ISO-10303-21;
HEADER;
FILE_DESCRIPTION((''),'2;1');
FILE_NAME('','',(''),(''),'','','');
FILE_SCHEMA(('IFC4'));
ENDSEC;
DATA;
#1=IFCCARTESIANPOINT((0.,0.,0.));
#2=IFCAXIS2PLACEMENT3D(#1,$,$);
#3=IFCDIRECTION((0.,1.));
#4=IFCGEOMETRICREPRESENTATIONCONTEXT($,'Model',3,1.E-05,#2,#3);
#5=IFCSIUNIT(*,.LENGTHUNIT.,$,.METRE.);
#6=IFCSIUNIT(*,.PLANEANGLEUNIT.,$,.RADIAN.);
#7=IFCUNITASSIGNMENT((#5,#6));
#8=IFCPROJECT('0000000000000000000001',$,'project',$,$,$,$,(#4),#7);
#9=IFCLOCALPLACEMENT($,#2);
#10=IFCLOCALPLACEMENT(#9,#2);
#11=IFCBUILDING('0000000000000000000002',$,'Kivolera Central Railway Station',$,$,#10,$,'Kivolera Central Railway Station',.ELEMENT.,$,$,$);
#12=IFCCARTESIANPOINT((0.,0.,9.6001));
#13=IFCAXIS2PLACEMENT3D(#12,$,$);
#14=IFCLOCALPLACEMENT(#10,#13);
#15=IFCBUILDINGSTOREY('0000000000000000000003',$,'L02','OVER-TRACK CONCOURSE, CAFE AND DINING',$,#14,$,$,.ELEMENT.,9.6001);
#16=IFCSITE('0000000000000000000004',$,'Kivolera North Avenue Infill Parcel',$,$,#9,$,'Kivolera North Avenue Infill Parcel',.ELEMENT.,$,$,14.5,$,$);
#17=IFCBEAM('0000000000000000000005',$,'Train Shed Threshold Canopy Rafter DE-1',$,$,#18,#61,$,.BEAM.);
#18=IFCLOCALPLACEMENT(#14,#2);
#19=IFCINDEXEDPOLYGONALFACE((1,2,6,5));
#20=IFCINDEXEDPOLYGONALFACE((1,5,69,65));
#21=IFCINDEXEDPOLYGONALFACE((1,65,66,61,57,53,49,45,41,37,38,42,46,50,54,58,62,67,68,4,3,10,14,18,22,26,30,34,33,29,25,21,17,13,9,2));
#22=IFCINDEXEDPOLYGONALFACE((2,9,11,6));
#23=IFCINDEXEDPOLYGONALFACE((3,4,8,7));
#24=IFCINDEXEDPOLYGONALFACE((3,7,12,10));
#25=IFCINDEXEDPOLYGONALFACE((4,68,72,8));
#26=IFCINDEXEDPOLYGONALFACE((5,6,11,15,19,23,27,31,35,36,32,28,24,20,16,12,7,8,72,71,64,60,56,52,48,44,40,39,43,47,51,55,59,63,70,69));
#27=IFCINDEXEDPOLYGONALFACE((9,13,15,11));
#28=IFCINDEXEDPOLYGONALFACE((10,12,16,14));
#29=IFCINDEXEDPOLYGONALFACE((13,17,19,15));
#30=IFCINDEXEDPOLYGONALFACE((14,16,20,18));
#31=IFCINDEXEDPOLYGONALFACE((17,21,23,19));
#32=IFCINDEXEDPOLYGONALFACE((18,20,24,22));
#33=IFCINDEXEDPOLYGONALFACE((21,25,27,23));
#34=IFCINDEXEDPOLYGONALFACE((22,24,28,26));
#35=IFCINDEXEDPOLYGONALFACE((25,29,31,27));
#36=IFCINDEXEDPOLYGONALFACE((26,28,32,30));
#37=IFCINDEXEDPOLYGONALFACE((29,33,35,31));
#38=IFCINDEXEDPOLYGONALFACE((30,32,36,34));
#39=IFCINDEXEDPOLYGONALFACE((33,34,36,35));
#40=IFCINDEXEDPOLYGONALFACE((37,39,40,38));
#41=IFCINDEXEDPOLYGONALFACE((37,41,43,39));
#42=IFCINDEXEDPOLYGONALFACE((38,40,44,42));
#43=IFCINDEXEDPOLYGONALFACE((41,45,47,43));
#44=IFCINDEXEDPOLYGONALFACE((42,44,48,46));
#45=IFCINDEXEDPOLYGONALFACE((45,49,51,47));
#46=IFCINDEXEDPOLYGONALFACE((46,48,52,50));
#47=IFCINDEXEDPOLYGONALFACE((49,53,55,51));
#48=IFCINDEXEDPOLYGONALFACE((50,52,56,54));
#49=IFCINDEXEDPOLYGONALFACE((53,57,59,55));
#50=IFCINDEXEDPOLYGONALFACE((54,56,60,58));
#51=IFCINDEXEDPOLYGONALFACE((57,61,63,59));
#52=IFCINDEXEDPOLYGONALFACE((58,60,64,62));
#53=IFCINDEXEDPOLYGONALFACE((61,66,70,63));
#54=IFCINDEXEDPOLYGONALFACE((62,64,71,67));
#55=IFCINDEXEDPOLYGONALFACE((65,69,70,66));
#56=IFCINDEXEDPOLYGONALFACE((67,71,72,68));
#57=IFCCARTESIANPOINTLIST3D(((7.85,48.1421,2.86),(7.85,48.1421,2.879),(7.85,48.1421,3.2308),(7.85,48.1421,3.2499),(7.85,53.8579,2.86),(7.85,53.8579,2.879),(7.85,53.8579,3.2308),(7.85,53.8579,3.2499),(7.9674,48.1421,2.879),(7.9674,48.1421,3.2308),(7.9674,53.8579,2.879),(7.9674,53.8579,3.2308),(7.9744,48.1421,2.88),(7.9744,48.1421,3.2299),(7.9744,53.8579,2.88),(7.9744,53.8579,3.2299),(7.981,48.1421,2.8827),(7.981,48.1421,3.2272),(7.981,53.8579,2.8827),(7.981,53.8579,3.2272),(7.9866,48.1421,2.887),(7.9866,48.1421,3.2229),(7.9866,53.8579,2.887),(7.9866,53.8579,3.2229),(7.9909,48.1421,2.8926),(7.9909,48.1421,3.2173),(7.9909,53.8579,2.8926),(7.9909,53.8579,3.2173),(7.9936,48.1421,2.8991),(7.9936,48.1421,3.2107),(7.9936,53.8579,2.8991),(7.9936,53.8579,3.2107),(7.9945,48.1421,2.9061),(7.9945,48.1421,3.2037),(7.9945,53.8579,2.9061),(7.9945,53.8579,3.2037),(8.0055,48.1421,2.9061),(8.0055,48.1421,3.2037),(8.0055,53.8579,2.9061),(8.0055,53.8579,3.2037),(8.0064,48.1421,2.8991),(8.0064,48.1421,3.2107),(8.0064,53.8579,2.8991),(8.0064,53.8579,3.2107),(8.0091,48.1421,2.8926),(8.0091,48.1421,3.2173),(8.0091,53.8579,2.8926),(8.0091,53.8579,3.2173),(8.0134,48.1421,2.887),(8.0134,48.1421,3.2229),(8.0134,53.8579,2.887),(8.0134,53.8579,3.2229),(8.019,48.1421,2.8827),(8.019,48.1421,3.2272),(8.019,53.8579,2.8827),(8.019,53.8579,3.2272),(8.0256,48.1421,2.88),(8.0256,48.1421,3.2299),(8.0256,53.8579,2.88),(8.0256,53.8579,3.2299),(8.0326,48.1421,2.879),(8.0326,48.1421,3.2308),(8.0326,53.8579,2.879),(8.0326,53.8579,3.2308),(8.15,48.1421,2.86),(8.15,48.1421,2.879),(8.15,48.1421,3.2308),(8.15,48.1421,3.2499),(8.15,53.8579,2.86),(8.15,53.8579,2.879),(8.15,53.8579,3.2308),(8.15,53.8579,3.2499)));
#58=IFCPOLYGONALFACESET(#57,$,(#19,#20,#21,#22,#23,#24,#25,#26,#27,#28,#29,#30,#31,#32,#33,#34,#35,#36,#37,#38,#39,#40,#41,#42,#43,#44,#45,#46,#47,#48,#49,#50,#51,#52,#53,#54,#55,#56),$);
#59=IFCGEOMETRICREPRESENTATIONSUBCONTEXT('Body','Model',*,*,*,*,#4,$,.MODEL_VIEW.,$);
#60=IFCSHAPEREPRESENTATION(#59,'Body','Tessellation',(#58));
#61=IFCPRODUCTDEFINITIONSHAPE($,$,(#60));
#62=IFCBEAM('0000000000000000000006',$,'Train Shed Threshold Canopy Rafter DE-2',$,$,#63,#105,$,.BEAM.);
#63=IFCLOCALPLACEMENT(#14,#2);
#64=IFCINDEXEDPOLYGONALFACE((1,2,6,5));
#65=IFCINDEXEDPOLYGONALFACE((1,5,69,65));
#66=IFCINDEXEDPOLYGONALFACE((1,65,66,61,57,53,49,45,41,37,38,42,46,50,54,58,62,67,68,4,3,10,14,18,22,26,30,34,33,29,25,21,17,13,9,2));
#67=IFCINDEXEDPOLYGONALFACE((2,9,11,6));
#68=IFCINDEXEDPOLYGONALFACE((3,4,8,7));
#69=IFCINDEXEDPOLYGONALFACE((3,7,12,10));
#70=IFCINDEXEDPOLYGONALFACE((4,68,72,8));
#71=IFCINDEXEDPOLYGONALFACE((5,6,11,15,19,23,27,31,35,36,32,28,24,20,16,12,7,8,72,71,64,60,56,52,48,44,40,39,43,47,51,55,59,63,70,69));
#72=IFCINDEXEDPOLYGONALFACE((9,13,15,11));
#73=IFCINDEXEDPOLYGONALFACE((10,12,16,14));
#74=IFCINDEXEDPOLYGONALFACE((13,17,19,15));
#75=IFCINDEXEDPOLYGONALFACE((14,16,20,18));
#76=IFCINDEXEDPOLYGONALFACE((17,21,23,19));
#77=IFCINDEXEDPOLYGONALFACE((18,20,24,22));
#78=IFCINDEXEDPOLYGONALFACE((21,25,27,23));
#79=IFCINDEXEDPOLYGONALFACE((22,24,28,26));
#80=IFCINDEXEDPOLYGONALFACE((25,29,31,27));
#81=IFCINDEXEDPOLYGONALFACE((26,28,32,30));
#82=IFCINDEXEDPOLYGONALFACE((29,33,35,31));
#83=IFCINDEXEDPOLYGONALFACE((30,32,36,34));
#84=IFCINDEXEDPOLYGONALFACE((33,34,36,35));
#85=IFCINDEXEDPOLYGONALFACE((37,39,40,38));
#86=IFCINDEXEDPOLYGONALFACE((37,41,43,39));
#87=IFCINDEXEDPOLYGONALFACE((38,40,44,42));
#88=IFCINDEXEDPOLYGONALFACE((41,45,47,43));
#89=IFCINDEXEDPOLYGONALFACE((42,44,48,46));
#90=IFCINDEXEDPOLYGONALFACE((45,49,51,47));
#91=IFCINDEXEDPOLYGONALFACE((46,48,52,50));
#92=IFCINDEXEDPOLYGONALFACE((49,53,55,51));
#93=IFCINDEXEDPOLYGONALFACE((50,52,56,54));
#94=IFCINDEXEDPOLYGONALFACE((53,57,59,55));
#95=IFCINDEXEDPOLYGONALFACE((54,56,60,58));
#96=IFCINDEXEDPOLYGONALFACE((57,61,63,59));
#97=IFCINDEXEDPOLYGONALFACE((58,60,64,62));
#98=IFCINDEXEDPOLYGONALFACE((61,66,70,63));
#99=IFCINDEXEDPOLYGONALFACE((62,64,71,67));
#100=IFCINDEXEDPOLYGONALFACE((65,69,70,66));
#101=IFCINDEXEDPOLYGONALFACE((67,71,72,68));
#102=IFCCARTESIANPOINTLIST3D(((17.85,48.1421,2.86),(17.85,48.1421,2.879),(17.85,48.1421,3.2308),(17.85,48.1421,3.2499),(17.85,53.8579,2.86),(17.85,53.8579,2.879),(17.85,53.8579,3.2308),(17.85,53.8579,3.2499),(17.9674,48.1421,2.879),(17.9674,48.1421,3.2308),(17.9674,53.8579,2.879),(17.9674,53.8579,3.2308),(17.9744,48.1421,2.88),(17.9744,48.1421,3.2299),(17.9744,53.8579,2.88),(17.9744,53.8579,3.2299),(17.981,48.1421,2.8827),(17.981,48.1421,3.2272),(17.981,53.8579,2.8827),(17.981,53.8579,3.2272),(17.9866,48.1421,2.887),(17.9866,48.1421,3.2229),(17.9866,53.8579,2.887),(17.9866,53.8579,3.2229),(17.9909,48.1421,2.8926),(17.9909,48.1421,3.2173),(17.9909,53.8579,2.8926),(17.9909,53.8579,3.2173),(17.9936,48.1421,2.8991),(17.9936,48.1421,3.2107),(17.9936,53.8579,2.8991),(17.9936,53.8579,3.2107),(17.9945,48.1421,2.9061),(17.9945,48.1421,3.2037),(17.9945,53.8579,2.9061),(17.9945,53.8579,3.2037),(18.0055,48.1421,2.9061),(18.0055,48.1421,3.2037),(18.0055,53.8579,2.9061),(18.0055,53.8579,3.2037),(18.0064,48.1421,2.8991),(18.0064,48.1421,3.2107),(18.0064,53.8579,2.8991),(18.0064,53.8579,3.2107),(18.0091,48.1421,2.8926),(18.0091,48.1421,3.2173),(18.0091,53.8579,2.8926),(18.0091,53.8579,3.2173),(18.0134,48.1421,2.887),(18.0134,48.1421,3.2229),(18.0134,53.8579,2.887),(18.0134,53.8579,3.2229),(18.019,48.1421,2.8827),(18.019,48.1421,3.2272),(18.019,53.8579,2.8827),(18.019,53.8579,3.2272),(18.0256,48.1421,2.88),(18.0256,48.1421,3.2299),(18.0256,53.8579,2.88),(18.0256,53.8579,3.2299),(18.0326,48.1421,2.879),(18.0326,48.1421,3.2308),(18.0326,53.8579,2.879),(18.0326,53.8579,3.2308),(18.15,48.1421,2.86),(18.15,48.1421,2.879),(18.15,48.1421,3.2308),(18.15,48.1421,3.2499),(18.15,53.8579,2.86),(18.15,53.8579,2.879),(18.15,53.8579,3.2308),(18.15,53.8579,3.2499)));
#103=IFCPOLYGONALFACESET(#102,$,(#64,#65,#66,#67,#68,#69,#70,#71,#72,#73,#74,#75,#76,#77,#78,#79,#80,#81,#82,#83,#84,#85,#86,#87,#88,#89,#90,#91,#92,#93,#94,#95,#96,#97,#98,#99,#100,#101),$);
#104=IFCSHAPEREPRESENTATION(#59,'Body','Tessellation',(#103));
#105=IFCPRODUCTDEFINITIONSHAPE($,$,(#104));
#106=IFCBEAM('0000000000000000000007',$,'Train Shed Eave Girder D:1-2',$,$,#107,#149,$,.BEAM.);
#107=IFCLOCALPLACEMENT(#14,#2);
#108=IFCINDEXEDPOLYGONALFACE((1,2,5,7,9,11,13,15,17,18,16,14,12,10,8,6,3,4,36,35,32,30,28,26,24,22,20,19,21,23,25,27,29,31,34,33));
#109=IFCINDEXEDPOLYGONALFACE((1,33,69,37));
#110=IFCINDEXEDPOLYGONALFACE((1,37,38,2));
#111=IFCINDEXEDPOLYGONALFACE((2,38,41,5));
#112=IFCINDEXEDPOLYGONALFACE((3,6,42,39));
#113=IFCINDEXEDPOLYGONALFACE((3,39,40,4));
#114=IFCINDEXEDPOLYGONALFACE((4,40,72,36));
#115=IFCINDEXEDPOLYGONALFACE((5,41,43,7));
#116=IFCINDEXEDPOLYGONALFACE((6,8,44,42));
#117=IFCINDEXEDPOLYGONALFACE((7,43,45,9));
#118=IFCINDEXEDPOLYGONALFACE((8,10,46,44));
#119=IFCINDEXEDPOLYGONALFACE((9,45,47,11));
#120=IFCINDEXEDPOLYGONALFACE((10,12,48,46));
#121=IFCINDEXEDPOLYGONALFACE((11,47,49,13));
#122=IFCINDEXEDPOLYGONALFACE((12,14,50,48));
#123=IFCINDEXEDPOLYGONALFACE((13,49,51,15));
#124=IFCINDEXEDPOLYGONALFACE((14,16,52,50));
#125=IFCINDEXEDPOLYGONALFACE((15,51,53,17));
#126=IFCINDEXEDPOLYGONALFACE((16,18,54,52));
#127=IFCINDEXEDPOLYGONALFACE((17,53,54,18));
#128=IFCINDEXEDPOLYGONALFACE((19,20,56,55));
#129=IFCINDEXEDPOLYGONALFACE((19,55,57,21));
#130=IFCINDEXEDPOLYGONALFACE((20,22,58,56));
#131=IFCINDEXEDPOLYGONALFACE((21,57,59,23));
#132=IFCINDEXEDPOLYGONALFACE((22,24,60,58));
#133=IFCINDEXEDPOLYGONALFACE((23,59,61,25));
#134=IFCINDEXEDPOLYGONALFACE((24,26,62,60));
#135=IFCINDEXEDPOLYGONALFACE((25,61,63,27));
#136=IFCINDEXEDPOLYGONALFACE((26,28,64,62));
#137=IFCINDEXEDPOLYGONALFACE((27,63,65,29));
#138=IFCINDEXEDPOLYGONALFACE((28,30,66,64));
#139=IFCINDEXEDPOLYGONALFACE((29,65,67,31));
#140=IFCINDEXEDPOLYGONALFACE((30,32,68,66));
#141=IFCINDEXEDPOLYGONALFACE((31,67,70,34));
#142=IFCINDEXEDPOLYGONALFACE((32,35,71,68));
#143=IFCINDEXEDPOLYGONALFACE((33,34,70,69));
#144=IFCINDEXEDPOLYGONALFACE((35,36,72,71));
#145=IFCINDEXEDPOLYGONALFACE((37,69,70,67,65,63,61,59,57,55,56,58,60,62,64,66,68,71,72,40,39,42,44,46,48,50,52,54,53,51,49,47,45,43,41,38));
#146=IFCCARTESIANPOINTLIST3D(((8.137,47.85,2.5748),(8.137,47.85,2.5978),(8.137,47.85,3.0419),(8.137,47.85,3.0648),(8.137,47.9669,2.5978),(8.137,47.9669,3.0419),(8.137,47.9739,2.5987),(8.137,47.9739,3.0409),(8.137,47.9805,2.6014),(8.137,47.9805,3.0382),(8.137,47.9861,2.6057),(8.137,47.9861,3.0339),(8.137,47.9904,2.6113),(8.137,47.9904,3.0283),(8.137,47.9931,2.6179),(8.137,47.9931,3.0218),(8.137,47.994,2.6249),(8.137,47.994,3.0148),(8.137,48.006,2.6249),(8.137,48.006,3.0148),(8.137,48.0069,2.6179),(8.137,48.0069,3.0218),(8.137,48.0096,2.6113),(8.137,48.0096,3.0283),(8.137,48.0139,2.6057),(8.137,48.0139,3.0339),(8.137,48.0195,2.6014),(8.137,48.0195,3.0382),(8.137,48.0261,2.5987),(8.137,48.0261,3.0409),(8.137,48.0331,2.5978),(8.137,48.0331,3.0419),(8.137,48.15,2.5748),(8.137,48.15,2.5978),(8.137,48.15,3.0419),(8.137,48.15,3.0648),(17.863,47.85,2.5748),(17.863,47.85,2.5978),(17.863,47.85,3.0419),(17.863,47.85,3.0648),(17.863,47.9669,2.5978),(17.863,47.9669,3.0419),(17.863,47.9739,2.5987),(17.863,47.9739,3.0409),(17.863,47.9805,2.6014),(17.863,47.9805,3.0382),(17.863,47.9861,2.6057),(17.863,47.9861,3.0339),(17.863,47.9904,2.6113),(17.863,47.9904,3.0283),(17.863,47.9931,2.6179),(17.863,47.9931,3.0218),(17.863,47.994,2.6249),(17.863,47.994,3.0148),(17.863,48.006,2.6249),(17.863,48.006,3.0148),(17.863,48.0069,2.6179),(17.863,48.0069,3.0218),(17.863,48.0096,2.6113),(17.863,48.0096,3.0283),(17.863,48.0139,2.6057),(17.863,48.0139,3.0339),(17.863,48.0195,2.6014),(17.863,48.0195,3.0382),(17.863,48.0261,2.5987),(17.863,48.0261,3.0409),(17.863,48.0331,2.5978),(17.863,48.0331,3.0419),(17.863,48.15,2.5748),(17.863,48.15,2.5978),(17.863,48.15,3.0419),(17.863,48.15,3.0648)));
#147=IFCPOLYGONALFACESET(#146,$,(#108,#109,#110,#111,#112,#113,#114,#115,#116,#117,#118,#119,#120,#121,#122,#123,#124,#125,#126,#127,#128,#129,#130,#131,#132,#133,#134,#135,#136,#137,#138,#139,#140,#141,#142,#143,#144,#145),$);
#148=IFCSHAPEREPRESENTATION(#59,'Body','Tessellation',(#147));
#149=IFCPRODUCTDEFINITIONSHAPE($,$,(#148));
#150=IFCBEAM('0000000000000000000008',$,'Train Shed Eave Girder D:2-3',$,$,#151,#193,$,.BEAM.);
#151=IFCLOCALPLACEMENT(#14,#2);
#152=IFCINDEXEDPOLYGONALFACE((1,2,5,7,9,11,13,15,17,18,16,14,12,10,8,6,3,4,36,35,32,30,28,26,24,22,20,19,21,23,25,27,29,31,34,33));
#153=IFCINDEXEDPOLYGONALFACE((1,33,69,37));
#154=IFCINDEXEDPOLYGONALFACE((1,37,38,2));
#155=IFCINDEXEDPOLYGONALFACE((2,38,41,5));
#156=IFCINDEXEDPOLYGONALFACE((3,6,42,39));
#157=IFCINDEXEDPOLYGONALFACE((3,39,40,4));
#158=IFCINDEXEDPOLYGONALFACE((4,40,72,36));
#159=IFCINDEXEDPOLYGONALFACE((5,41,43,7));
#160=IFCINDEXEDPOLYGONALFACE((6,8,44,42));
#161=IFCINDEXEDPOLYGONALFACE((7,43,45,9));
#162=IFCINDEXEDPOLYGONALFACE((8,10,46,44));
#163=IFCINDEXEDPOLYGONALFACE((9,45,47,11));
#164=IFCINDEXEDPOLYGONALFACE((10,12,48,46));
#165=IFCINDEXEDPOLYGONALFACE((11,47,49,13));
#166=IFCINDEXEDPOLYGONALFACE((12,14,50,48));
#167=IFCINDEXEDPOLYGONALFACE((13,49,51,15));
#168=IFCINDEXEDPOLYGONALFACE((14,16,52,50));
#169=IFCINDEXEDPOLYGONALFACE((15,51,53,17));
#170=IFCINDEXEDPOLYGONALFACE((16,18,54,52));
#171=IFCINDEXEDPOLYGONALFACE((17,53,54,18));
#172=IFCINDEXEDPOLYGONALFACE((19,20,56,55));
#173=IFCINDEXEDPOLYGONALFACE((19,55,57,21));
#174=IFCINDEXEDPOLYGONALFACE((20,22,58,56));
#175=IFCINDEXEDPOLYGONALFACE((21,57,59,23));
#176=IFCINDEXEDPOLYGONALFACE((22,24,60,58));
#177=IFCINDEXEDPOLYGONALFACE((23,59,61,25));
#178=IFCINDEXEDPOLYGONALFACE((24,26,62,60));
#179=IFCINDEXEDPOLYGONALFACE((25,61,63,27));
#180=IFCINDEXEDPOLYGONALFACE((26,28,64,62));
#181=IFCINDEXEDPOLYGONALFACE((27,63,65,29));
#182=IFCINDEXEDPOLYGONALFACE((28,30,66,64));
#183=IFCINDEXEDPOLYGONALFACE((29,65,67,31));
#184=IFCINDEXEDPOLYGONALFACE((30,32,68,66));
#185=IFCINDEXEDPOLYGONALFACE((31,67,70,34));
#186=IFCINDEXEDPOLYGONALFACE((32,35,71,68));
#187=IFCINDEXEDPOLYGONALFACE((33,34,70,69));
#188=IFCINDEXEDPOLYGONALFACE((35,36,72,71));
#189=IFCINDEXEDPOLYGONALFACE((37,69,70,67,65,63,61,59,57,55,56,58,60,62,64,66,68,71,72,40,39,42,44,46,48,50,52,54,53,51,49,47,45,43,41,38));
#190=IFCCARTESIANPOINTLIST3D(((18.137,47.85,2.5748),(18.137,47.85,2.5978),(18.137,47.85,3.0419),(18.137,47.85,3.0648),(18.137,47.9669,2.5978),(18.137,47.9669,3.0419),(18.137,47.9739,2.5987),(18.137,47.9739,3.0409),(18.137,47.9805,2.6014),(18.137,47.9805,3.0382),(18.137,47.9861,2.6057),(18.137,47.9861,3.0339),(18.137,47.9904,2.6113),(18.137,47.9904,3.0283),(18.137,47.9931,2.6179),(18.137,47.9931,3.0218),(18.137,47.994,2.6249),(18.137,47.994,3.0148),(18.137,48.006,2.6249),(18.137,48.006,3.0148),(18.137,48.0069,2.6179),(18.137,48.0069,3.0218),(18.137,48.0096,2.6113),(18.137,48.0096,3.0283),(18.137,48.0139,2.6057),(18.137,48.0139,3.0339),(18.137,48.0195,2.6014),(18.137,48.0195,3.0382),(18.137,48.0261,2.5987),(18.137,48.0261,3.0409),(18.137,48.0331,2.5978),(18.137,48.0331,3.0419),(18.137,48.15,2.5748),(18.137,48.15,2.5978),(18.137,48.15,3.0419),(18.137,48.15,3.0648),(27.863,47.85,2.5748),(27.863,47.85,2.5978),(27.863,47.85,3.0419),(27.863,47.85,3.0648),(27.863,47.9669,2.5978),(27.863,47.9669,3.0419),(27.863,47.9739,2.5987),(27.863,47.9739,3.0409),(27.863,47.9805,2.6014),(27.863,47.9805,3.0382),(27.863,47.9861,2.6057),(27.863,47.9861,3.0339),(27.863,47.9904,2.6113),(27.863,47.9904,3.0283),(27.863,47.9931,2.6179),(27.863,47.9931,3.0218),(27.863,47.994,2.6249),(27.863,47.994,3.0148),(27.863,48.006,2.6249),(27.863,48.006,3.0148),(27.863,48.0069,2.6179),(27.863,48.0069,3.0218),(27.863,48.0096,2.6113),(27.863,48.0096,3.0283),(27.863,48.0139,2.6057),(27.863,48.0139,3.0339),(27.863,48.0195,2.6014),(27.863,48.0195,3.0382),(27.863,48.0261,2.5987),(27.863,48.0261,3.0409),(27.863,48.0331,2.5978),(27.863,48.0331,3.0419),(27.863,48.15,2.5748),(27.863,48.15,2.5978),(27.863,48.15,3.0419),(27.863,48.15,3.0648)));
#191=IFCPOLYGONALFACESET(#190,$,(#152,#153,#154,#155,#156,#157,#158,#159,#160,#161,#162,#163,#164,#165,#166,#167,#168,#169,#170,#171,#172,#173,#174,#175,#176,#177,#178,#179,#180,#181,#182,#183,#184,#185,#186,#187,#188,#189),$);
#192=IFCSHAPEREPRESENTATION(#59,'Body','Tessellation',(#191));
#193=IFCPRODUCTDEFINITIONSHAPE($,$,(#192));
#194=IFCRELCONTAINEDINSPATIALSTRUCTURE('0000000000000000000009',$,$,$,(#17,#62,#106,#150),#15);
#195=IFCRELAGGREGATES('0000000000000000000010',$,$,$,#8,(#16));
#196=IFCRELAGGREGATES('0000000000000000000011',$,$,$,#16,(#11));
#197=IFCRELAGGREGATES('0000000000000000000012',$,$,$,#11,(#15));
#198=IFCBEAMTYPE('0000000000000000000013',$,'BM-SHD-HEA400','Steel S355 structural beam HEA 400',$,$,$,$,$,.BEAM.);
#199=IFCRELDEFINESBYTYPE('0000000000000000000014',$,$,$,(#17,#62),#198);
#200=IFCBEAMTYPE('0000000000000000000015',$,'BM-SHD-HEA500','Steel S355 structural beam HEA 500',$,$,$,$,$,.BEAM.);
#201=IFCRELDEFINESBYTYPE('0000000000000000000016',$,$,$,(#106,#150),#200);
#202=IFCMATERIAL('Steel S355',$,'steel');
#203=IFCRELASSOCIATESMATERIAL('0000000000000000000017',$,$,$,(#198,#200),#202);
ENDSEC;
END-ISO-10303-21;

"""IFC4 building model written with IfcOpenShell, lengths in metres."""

from ifc_helpers import new_model, si_unit, direction, frame, origin, origin_2d, place, context, subcontext, project, spatial, i_section, extrude, material, material_profile, profile_set, type_object, element, save


model = new_model("IFC4")

# Units and contexts
model_context = context("Model", 3, precision=1e-05, world=origin(), true_north=direction((0.0, 1.0)))
body_context = subcontext(model_context, "Body", "Model", "MODEL_VIEW")
ifc_project = project(units=[si_unit("LENGTHUNIT", "METRE"), si_unit("PLANEANGLEUNIT", "RADIAN")], contexts=[model_context])

# Site, building, storey
site_placement = place(None, origin())
site = spatial("IfcSite", under=ifc_project, at=site_placement, Name="Kivolera North Avenue Infill Parcel", LongName="Kivolera North Avenue Infill Parcel", CompositionType="ELEMENT", RefElevation=14.5)
building_placement = place(site_placement, origin())
building = spatial("IfcBuilding", under=site, at=building_placement, Name="Kivolera Central Railway Station", LongName="Kivolera Central Railway Station", CompositionType="ELEMENT")
storey_placement = place(building_placement, frame((0.0, 0.0, 9.6001)))
storey = spatial("IfcBuildingStorey", under=building, at=storey_placement, Name="L02", Description="OVER-TRACK CONCOURSE, CAFE AND DINING", CompositionType="ELEMENT", Elevation=9.6001)

# Shared definitions
ifc_material_1 = material(Name="Steel S355", Category="steel")

# Beams
ifc_material_profile_1 = material_profile(ifc_material_1, i_section(OverallWidth=0.3, OverallDepth=0.3899, WebThickness=0.011, FlangeThickness=0.019, FilletRadius=0.0271, at=origin_2d()), Name="HEA 400")
ifc_profile_set_1 = profile_set([ifc_material_profile_1], Name="Steel S355")
beam_type_1 = type_object("IfcBeamType", Name="BM-SHD-HEA400", Description="Steel S355 structural beam HEA 400", PredefinedType="BEAM", material=ifc_profile_set_1)
for number, where, z_axis, x_axis, name in (
    (1, (8.0, 48.1421, 3.0549), (0.0, 1.0, 0.0), (-1.0, 0.0, 0.0), "Train Shed Threshold Canopy Rafter DE-1"),
    (2, (18.0, 48.1421, 3.0549), (0.0, 1.0, 0.0), (-1.0, 0.0, 0.0), "Train Shed Threshold Canopy Rafter DE-2"),
):
    element("IfcBeam", number, at=place(storey_placement, frame(where, z_axis=z_axis, x_axis=x_axis)), inside=storey, type_object=beam_type_1, Name=name, PredefinedType="BEAM", context=body_context, shape_type="SweptSolid", body=[
        extrude(i_section(OverallWidth=0.3, OverallDepth=0.3899, WebThickness=0.011, FlangeThickness=0.019, FilletRadius=0.0271, at=origin_2d()), origin(), (0.0, 0.0, 1.0), 5.7158),
    ])
ifc_material_profile_2 = material_profile(ifc_material_1, i_section(OverallWidth=0.3, OverallDepth=0.49, WebThickness=0.012, FlangeThickness=0.0229, FilletRadius=0.0271, at=origin_2d()), Name="HEA 500")
ifc_profile_set_2 = profile_set([ifc_material_profile_2], Name="Steel S355")
beam_type_2 = type_object("IfcBeamType", Name="BM-SHD-HEA500", Description="Steel S355 structural beam HEA 500", PredefinedType="BEAM", material=ifc_profile_set_2)
for number, where, z_axis, x_axis, name in (
    (3, (8.137, 48.0, 2.8198), (1.0, 0.0, 0.0), (0.0, 1.0, 0.0), "Train Shed Eave Girder D:1-2"),
    (4, (18.137, 48.0, 2.8198), (1.0, 0.0, 0.0), (0.0, 1.0, 0.0), "Train Shed Eave Girder D:2-3"),
):
    element("IfcBeam", number, at=place(storey_placement, frame(where, z_axis=z_axis, x_axis=x_axis)), inside=storey, type_object=beam_type_2, Name=name, PredefinedType="BEAM", context=body_context, shape_type="SweptSolid", body=[
        extrude(i_section(OverallWidth=0.3, OverallDepth=0.49, WebThickness=0.012, FlangeThickness=0.0229, FilletRadius=0.0271, at=origin_2d()), origin(), (0.0, 0.0, 1.0), 9.7261),
    ])

save(model, "model.ifc")
